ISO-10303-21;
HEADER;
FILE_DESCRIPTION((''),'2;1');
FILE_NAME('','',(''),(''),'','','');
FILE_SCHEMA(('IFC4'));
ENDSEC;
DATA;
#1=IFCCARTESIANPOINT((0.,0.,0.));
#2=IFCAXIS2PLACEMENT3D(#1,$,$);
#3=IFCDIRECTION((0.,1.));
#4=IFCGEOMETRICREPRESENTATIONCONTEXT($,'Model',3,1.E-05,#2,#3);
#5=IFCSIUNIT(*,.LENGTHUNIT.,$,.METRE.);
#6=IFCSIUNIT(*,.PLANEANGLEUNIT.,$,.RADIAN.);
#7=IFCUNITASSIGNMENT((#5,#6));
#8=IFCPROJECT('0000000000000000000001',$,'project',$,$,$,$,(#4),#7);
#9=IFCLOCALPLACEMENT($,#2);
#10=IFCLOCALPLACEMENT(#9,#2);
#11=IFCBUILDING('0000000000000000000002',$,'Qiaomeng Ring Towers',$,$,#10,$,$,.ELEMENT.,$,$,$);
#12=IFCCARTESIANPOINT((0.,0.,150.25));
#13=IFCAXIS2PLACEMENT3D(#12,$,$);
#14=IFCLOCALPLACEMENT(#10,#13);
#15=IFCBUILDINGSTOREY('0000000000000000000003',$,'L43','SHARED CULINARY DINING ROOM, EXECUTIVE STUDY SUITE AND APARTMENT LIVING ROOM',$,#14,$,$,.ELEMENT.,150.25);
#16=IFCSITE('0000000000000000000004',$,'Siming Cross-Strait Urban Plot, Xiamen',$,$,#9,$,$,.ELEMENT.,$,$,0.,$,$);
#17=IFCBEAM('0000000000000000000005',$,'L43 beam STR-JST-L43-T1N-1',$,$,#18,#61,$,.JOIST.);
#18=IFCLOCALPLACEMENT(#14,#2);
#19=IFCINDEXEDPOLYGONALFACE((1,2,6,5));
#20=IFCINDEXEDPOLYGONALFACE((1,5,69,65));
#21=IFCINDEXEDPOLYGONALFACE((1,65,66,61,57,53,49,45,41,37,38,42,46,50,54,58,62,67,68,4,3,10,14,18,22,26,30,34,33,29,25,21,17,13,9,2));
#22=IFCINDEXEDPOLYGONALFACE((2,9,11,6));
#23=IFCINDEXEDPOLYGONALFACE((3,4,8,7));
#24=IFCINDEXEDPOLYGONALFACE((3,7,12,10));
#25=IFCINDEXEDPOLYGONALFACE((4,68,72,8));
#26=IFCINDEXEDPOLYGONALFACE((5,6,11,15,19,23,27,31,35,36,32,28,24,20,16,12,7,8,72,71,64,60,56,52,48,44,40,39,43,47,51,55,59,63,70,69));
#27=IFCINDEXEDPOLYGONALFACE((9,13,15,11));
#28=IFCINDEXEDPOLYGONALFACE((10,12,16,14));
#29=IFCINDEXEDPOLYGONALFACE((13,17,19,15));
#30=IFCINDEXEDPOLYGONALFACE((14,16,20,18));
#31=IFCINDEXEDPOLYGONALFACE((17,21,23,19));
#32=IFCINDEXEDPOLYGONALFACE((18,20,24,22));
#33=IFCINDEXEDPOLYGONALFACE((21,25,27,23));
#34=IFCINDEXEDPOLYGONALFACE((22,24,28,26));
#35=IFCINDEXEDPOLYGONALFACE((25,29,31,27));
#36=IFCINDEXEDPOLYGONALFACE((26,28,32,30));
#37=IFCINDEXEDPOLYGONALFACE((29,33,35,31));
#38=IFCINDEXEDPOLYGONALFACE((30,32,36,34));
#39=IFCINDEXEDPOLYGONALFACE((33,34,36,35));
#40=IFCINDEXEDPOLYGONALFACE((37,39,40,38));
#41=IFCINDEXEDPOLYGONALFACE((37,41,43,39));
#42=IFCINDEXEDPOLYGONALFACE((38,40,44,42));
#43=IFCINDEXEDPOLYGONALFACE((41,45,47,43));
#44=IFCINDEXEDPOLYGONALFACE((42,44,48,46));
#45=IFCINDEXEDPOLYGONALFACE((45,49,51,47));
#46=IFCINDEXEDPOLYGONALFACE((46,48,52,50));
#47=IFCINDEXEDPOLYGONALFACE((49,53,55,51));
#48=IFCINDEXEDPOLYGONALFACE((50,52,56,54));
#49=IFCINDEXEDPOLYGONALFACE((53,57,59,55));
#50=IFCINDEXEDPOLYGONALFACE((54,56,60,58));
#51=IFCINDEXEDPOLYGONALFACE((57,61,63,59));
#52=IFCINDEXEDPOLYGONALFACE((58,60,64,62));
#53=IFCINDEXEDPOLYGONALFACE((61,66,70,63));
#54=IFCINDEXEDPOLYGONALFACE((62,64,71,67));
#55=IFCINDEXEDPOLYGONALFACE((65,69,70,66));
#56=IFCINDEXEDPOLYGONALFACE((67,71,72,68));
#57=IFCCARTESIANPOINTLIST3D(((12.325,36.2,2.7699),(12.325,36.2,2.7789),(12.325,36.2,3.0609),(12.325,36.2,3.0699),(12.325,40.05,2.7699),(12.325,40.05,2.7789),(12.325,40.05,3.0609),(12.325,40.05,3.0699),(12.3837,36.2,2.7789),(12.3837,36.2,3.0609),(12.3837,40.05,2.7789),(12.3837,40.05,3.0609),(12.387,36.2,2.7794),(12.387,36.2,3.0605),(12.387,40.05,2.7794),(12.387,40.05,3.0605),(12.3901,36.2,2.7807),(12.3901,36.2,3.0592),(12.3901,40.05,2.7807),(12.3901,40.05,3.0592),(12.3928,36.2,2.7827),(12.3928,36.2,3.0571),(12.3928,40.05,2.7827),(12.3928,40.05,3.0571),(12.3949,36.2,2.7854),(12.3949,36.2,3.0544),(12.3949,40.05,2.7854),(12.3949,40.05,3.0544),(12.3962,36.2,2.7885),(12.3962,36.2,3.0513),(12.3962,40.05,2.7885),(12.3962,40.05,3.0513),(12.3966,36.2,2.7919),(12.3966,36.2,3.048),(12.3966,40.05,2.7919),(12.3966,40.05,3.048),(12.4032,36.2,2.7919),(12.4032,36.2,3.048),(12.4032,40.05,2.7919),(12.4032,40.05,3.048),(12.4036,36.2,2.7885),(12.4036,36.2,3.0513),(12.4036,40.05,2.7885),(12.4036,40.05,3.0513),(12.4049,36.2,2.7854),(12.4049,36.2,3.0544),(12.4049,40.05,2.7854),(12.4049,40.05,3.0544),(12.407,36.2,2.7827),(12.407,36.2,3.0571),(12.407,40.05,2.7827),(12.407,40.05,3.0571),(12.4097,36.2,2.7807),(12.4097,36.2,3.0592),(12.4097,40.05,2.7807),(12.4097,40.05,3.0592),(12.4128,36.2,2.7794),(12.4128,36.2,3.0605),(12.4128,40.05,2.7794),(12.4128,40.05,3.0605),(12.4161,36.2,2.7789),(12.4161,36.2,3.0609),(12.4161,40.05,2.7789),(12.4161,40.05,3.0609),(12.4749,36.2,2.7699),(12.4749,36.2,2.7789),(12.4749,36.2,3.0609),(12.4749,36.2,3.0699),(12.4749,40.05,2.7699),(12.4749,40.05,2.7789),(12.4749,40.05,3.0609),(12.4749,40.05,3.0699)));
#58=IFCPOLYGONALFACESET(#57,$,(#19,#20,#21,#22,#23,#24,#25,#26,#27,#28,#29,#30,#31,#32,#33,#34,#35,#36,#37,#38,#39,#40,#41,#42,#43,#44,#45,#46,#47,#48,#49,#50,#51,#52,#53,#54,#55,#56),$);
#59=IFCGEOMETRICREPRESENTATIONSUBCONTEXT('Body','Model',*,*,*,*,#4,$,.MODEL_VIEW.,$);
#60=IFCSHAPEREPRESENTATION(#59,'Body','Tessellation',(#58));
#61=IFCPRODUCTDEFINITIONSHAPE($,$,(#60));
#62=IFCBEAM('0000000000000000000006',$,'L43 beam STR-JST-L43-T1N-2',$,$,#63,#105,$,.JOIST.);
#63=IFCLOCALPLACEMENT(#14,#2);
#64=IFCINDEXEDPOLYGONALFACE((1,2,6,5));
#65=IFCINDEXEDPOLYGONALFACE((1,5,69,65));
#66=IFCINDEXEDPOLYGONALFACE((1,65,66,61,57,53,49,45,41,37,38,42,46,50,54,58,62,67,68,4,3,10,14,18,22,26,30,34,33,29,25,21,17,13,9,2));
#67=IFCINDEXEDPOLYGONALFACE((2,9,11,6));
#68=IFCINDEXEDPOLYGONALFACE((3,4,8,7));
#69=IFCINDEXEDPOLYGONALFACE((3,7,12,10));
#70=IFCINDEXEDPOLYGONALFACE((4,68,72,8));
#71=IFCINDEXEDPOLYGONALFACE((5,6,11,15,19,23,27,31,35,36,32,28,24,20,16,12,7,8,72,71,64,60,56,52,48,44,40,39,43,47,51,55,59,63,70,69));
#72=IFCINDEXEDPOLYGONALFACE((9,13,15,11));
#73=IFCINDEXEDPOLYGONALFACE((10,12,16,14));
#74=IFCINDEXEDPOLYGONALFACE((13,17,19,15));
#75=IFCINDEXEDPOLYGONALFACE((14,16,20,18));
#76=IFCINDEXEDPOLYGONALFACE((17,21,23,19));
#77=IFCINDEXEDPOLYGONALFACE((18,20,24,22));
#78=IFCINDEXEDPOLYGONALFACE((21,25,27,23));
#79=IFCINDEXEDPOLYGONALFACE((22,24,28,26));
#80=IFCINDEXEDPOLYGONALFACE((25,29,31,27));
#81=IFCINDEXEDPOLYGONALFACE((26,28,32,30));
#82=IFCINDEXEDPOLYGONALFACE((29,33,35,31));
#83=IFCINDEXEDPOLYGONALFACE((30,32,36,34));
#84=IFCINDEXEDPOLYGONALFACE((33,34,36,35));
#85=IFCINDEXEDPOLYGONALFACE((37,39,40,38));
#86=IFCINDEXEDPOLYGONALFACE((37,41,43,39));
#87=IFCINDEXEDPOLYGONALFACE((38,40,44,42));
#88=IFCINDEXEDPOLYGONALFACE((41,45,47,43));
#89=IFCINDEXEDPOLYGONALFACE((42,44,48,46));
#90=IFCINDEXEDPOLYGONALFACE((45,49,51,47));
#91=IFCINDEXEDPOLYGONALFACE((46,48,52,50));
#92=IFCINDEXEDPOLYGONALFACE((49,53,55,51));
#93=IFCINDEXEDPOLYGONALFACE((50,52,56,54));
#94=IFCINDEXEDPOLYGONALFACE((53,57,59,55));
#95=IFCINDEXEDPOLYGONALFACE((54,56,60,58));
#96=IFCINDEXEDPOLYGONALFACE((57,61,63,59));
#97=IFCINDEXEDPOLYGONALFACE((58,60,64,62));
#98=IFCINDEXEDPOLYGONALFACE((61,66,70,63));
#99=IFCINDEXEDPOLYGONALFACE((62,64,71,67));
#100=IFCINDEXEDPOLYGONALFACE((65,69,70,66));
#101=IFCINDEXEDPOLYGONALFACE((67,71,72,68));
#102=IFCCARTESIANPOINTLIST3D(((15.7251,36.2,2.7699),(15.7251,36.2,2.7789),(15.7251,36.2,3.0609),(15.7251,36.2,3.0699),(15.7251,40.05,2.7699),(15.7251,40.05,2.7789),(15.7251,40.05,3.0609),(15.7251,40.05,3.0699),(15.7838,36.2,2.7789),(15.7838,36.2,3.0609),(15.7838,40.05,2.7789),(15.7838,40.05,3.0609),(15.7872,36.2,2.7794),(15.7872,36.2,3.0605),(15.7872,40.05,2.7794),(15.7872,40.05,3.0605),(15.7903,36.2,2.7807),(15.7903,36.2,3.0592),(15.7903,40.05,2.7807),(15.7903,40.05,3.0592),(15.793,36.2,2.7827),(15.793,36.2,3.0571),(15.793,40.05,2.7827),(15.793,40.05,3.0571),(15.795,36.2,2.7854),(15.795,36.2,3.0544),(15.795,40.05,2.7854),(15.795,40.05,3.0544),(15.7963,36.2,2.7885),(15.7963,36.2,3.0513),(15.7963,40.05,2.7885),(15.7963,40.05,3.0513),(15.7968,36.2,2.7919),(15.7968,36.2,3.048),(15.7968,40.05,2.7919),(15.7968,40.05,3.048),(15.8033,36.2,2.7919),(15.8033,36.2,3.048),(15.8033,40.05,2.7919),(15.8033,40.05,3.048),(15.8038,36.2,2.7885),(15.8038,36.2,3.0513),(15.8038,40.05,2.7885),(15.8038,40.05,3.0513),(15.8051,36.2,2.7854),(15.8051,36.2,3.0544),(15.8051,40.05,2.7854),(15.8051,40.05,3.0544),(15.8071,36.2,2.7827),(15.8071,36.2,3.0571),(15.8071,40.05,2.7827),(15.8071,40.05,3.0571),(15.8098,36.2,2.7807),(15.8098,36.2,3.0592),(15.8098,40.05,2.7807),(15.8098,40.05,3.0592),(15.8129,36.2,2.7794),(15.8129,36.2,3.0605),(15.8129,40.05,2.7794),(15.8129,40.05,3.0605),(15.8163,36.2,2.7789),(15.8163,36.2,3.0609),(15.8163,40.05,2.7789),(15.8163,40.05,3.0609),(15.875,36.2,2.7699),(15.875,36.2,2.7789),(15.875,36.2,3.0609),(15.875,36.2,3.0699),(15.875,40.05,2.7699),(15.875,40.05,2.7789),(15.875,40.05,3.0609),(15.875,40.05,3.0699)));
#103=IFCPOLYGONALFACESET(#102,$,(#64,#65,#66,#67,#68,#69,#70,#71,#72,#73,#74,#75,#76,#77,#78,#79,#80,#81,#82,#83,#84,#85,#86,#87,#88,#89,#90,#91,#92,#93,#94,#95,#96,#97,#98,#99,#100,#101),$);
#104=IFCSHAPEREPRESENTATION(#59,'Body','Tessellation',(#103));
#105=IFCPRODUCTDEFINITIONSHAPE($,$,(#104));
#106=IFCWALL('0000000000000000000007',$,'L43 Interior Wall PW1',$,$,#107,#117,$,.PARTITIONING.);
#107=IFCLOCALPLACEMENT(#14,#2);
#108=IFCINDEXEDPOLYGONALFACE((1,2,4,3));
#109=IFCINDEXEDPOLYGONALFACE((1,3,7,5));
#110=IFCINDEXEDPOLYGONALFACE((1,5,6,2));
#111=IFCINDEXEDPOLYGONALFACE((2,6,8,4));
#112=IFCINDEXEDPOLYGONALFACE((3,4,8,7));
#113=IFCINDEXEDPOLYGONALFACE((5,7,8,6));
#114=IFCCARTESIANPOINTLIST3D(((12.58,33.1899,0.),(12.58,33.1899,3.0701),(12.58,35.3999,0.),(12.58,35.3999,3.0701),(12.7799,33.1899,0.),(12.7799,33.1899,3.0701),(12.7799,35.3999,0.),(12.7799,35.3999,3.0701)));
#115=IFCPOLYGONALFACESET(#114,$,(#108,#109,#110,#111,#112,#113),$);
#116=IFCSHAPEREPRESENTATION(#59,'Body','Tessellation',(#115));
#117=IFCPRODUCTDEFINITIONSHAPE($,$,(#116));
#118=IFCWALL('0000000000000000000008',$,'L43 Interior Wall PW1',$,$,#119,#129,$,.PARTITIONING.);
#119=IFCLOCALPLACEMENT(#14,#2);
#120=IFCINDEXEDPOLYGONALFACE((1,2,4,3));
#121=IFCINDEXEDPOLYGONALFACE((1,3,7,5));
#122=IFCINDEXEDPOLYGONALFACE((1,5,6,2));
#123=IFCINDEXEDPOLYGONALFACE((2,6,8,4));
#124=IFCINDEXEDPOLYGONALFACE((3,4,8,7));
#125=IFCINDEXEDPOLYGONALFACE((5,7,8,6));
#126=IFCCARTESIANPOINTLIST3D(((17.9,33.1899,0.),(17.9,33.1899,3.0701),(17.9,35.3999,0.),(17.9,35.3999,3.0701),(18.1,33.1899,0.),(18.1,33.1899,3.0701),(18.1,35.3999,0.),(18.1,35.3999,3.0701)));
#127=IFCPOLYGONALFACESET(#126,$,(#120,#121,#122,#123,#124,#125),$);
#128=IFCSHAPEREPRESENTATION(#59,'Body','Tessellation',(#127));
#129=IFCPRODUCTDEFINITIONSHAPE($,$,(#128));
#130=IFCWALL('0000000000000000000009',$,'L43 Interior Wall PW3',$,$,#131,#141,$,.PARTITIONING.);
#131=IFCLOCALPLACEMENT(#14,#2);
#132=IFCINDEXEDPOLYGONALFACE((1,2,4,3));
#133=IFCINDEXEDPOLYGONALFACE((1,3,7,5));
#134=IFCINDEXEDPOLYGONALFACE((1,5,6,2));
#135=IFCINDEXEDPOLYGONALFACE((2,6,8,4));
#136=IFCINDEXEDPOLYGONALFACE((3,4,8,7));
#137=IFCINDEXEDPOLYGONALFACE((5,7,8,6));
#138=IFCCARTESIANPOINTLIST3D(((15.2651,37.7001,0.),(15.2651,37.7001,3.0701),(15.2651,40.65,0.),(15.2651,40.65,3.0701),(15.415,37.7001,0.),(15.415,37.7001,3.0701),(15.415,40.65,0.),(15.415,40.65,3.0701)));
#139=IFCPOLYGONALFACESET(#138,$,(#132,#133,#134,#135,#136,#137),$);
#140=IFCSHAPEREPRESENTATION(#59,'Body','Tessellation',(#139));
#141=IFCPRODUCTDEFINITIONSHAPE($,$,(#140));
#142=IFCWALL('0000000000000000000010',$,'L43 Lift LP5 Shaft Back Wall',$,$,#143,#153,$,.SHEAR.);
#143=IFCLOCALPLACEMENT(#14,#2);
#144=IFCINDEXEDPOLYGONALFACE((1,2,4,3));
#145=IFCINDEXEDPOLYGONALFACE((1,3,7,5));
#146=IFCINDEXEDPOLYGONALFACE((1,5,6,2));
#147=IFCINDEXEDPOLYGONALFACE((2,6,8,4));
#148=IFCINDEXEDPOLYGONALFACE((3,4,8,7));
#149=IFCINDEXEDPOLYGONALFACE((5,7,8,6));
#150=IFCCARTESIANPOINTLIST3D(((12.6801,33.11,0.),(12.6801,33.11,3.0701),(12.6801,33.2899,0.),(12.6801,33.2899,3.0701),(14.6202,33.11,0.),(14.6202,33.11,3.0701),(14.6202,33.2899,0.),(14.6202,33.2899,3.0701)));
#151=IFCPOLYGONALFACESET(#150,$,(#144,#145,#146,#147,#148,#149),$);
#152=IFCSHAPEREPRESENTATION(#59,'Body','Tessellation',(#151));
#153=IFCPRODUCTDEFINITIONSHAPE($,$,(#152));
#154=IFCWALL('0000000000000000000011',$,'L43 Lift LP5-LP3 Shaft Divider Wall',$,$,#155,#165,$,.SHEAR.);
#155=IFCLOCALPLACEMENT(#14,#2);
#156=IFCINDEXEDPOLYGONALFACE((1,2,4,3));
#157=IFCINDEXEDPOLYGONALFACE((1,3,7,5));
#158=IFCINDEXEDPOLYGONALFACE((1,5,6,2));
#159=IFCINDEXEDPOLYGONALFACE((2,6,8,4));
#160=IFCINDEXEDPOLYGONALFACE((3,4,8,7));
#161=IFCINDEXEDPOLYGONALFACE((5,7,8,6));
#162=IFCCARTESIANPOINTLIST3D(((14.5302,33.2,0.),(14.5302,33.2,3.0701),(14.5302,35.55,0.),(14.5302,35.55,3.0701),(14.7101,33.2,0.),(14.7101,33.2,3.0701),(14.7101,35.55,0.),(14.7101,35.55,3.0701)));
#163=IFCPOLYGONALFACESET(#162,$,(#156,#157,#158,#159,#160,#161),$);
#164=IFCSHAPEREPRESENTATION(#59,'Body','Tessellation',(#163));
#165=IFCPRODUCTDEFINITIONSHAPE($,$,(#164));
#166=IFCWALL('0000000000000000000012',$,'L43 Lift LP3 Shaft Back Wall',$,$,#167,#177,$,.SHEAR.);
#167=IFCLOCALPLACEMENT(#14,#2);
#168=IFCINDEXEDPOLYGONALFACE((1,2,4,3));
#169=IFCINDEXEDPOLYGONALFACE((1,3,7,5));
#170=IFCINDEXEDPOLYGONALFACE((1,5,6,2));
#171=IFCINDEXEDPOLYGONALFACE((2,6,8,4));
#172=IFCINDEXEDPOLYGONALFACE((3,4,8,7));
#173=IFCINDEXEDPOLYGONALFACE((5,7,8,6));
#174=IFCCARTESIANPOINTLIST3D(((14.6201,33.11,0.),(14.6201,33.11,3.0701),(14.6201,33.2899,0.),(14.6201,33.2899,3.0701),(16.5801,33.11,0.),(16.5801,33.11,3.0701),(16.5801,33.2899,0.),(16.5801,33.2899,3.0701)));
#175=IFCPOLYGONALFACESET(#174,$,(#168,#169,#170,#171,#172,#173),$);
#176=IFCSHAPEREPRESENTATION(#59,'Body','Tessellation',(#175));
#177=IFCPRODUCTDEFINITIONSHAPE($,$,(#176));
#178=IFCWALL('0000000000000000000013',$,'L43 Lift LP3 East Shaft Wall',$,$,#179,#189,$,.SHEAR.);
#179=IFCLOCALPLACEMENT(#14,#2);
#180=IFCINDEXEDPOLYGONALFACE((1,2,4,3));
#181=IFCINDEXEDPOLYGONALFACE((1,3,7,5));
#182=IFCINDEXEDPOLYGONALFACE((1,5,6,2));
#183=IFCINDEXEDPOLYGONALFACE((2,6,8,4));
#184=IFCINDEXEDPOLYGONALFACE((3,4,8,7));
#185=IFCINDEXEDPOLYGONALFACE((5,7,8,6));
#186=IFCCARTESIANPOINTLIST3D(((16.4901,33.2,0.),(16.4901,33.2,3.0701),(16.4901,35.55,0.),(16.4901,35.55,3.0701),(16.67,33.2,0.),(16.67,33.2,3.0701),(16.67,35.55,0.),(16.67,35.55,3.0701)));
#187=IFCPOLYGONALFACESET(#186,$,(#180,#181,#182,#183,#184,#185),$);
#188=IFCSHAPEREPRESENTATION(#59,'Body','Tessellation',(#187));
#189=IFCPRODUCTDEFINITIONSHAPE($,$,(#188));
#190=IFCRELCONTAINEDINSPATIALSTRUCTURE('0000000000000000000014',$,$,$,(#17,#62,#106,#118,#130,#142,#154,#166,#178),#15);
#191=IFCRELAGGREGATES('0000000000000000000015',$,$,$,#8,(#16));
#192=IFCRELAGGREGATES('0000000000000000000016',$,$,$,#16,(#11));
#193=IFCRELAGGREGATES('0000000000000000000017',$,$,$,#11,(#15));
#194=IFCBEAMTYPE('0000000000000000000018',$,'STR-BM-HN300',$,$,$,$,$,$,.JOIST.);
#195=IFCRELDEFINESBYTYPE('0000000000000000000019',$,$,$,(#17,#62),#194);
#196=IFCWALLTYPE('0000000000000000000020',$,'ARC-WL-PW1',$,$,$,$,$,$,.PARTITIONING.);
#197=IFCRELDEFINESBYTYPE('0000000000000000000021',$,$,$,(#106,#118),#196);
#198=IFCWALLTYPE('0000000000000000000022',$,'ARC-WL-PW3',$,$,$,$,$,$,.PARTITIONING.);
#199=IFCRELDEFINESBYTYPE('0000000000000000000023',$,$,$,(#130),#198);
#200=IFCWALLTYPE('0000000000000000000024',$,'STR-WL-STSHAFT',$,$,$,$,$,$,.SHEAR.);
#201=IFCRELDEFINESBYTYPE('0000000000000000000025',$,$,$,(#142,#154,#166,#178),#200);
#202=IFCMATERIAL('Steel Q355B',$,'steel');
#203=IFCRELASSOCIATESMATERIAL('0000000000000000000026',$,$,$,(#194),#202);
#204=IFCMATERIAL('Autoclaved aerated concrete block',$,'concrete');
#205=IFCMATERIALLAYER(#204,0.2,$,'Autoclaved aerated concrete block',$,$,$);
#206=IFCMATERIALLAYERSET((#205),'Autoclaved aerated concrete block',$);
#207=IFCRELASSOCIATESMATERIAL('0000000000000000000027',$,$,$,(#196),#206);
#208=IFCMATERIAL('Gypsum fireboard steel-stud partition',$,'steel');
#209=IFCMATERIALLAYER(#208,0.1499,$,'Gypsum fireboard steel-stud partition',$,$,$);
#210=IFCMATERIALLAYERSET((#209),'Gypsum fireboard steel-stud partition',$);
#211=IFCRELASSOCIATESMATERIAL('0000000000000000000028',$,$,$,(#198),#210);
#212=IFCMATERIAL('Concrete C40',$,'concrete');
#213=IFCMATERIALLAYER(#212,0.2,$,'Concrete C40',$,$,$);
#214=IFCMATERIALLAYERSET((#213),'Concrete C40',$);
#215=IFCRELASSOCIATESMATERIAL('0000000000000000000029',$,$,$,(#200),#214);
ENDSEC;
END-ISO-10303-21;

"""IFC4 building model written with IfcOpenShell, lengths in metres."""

from ifc_helpers import new_model, si_unit, direction, frame, frame_2d, origin, origin_2d, place, context, subcontext, project, spatial, rectangle, i_section, extrude, source, transform, mapped, material, layer, layer_set, material_profile, profile_set, type_object, element, save


model = new_model("IFC4")

# Units and contexts
model_context = context("Model", 3, precision=1e-05, world=origin(), true_north=direction((0.0, 1.0)))
body_context = subcontext(model_context, "Body", "Model", "MODEL_VIEW")
ifc_project = project(units=[si_unit("LENGTHUNIT", "METRE"), si_unit("PLANEANGLEUNIT", "RADIAN")], contexts=[model_context])

# Site, building, storey
site_placement = place(None, origin())
site = spatial("IfcSite", under=ifc_project, at=site_placement, Name="Siming Cross-Strait Urban Plot, Xiamen", CompositionType="ELEMENT", RefElevation=0.0)
building_placement = place(site_placement, origin())
building = spatial("IfcBuilding", under=site, at=building_placement, Name="Qiaomeng Ring Towers", CompositionType="ELEMENT")
storey_placement = place(building_placement, frame((0.0, 0.0, 150.25)))
storey = spatial("IfcBuildingStorey", under=building, at=storey_placement, Name="L43", Description="SHARED CULINARY DINING ROOM, EXECUTIVE STUDY SUITE AND APARTMENT LIVING ROOM", CompositionType="ELEMENT", Elevation=150.25)

# Beams
ifc_material_1 = material(Name="Steel Q355B", Category="steel")
ifc_material_profile_1 = material_profile(ifc_material_1, i_section(OverallWidth=0.1499, OverallDepth=0.3, WebThickness=0.0066, FlangeThickness=0.009, FilletRadius=0.0129, at=origin_2d()), Name="HN 300x150x6.5x9")
ifc_profile_set_1 = profile_set([ifc_material_profile_1], Name="Steel Q355B")
beam_type = type_object("IfcBeamType", Name="STR-BM-HN300", PredefinedType="JOIST", material=ifc_profile_set_1)
shared_shape_1 = source(origin(), body_context, "Body", "SweptSolid", [
    extrude(i_section(OverallWidth=0.1499, OverallDepth=0.3, WebThickness=0.0066, FlangeThickness=0.009, FilletRadius=0.0129, at=origin_2d()), origin(), (0.0, 0.0, 1.0), 3.8501),
])
for number, where, z_axis, x_axis, name in (
    (1, (12.3999, 36.2, 2.9199), (0.0, 1.0, 0.0), (-1.0, 0.0, 0.0), "L43 beam STR-JST-L43-T1N-1"),
    (2, (15.8, 36.2, 2.9199), (0.0, 1.0, 0.0), (-1.0, 0.0, 0.0), "L43 beam STR-JST-L43-T1N-2"),
):
    element("IfcBeam", number, at=place(storey_placement, frame(where, z_axis=z_axis, x_axis=x_axis)), inside=storey, type_object=beam_type, Name=name, PredefinedType="JOIST", context=body_context, shape_type="MappedRepresentation", body=[
        mapped(shared_shape_1, transform((0.0, 0.0, 0.0), x_axis=(1.0, 0.0, 0.0), y_axis=(0.0, 1.0, 0.0), z_axis=(0.0, 0.0, 1.0), scale=1.0)),
    ])

# Walls
ifc_material_2 = material(Name="Autoclaved aerated concrete block", Category="concrete")
ifc_layer_1 = layer(ifc_material_2, 0.2, Name="Autoclaved aerated concrete block")
ifc_layer_set_1 = layer_set([ifc_layer_1], Name="Autoclaved aerated concrete block")
wall_type_1 = type_object("IfcWallType", Name="ARC-WL-PW1", PredefinedType="PARTITIONING", material=ifc_layer_set_1)
for number, where, z_axis, x_axis, name in (
    (3, (12.6799, 33.1899, 0.0), (0.0, 0.0, 1.0), (0.0, 1.0, 0.0), "L43 Interior Wall PW1"),
    (4, (18.0, 33.1899, 0.0), (0.0, 0.0, 1.0), (0.0, 1.0, 0.0), "L43 Interior Wall PW1"),
):
    element("IfcWall", number, at=place(storey_placement, frame(where, z_axis=z_axis, x_axis=x_axis)), inside=storey, type_object=wall_type_1, Name=name, PredefinedType="PARTITIONING", context=body_context, shape_type="SweptSolid", body=[
        extrude(rectangle(XDim=2.21, YDim=0.2, at=frame_2d((1.105, 0.0))), origin(), (0.0, 0.0, 1.0), 3.0701),
    ])
ifc_material_3 = material(Name="Gypsum fireboard steel-stud partition", Category="steel")
ifc_layer_2 = layer(ifc_material_3, 0.1499, Name="Gypsum fireboard steel-stud partition")
ifc_layer_set_2 = layer_set([ifc_layer_2], Name="Gypsum fireboard steel-stud partition")
wall_type_2 = type_object("IfcWallType", Name="ARC-WL-PW3", PredefinedType="PARTITIONING", material=ifc_layer_set_2)
wall_1_placement = place(storey_placement, frame((15.3401, 37.7, 0.0), z_axis=(0.0, 0.0, 1.0), x_axis=(0.0, 1.0, 0.0)))
element("IfcWall", 5, at=wall_1_placement, inside=storey, type_object=wall_type_2, Name="L43 Interior Wall PW3", PredefinedType="PARTITIONING", context=body_context, shape_type="SweptSolid", body=[
    extrude(rectangle(XDim=2.95, YDim=0.1499, at=frame_2d((1.4751, 0.0))), origin(), (0.0, 0.0, 1.0), 3.0701),
])
ifc_material_4 = material(Name="Concrete C40", Category="concrete")
ifc_layer_3 = layer(ifc_material_4, 0.2, Name="Concrete C40")
ifc_layer_set_3 = layer_set([ifc_layer_3], Name="Concrete C40")
wall_type_3 = type_object("IfcWallType", Name="STR-WL-STSHAFT", PredefinedType="SHEAR", material=ifc_layer_set_3)
wall_2_placement = place(storey_placement, frame((12.6799, 33.2, 0.0), z_axis=(0.0, 0.0, 1.0), x_axis=(1.0, 0.0, 0.0)))
element("IfcWall", 6, at=wall_2_placement, inside=storey, type_object=wall_type_3, Name="L43 Lift LP5 Shaft Back Wall", PredefinedType="SHEAR", context=body_context, shape_type="SweptSolid", body=[
    extrude(rectangle(XDim=1.9402, YDim=0.1799, at=frame_2d((0.9702, 0.0))), origin(), (0.0, 0.0, 1.0), 3.0701),
])
wall_3_placement = place(storey_placement, frame((14.6201, 33.2, 0.0), z_axis=(0.0, 0.0, 1.0), x_axis=(0.0, 1.0, 0.0)))
element("IfcWall", 7, at=wall_3_placement, inside=storey, type_object=wall_type_3, Name="L43 Lift LP5-LP3 Shaft Divider Wall", PredefinedType="SHEAR", context=body_context, shape_type="SweptSolid", body=[
    extrude(rectangle(XDim=2.3501, YDim=0.1799, at=frame_2d((1.175, 0.0))), origin(), (0.0, 0.0, 1.0), 3.0701),
])
wall_4_placement = place(storey_placement, frame((14.6201, 33.2, 0.0), z_axis=(0.0, 0.0, 1.0), x_axis=(1.0, 0.0, 0.0)))
element("IfcWall", 8, at=wall_4_placement, inside=storey, type_object=wall_type_3, Name="L43 Lift LP3 Shaft Back Wall", PredefinedType="SHEAR", context=body_context, shape_type="SweptSolid", body=[
    extrude(rectangle(XDim=1.96, YDim=0.1799, at=frame_2d((0.98, 0.0))), origin(), (0.0, 0.0, 1.0), 3.0701),
])
wall_5_placement = place(storey_placement, frame((16.5801, 33.2, 0.0), z_axis=(0.0, 0.0, 1.0), x_axis=(0.0, 1.0, 0.0)))
element("IfcWall", 9, at=wall_5_placement, inside=storey, type_object=wall_type_3, Name="L43 Lift LP3 East Shaft Wall", PredefinedType="SHEAR", context=body_context, shape_type="SweptSolid", body=[
    extrude(rectangle(XDim=2.3501, YDim=0.1799, at=frame_2d((1.175, 0.0))), origin(), (0.0, 0.0, 1.0), 3.0701),
])

save(model, "model.ifc")
